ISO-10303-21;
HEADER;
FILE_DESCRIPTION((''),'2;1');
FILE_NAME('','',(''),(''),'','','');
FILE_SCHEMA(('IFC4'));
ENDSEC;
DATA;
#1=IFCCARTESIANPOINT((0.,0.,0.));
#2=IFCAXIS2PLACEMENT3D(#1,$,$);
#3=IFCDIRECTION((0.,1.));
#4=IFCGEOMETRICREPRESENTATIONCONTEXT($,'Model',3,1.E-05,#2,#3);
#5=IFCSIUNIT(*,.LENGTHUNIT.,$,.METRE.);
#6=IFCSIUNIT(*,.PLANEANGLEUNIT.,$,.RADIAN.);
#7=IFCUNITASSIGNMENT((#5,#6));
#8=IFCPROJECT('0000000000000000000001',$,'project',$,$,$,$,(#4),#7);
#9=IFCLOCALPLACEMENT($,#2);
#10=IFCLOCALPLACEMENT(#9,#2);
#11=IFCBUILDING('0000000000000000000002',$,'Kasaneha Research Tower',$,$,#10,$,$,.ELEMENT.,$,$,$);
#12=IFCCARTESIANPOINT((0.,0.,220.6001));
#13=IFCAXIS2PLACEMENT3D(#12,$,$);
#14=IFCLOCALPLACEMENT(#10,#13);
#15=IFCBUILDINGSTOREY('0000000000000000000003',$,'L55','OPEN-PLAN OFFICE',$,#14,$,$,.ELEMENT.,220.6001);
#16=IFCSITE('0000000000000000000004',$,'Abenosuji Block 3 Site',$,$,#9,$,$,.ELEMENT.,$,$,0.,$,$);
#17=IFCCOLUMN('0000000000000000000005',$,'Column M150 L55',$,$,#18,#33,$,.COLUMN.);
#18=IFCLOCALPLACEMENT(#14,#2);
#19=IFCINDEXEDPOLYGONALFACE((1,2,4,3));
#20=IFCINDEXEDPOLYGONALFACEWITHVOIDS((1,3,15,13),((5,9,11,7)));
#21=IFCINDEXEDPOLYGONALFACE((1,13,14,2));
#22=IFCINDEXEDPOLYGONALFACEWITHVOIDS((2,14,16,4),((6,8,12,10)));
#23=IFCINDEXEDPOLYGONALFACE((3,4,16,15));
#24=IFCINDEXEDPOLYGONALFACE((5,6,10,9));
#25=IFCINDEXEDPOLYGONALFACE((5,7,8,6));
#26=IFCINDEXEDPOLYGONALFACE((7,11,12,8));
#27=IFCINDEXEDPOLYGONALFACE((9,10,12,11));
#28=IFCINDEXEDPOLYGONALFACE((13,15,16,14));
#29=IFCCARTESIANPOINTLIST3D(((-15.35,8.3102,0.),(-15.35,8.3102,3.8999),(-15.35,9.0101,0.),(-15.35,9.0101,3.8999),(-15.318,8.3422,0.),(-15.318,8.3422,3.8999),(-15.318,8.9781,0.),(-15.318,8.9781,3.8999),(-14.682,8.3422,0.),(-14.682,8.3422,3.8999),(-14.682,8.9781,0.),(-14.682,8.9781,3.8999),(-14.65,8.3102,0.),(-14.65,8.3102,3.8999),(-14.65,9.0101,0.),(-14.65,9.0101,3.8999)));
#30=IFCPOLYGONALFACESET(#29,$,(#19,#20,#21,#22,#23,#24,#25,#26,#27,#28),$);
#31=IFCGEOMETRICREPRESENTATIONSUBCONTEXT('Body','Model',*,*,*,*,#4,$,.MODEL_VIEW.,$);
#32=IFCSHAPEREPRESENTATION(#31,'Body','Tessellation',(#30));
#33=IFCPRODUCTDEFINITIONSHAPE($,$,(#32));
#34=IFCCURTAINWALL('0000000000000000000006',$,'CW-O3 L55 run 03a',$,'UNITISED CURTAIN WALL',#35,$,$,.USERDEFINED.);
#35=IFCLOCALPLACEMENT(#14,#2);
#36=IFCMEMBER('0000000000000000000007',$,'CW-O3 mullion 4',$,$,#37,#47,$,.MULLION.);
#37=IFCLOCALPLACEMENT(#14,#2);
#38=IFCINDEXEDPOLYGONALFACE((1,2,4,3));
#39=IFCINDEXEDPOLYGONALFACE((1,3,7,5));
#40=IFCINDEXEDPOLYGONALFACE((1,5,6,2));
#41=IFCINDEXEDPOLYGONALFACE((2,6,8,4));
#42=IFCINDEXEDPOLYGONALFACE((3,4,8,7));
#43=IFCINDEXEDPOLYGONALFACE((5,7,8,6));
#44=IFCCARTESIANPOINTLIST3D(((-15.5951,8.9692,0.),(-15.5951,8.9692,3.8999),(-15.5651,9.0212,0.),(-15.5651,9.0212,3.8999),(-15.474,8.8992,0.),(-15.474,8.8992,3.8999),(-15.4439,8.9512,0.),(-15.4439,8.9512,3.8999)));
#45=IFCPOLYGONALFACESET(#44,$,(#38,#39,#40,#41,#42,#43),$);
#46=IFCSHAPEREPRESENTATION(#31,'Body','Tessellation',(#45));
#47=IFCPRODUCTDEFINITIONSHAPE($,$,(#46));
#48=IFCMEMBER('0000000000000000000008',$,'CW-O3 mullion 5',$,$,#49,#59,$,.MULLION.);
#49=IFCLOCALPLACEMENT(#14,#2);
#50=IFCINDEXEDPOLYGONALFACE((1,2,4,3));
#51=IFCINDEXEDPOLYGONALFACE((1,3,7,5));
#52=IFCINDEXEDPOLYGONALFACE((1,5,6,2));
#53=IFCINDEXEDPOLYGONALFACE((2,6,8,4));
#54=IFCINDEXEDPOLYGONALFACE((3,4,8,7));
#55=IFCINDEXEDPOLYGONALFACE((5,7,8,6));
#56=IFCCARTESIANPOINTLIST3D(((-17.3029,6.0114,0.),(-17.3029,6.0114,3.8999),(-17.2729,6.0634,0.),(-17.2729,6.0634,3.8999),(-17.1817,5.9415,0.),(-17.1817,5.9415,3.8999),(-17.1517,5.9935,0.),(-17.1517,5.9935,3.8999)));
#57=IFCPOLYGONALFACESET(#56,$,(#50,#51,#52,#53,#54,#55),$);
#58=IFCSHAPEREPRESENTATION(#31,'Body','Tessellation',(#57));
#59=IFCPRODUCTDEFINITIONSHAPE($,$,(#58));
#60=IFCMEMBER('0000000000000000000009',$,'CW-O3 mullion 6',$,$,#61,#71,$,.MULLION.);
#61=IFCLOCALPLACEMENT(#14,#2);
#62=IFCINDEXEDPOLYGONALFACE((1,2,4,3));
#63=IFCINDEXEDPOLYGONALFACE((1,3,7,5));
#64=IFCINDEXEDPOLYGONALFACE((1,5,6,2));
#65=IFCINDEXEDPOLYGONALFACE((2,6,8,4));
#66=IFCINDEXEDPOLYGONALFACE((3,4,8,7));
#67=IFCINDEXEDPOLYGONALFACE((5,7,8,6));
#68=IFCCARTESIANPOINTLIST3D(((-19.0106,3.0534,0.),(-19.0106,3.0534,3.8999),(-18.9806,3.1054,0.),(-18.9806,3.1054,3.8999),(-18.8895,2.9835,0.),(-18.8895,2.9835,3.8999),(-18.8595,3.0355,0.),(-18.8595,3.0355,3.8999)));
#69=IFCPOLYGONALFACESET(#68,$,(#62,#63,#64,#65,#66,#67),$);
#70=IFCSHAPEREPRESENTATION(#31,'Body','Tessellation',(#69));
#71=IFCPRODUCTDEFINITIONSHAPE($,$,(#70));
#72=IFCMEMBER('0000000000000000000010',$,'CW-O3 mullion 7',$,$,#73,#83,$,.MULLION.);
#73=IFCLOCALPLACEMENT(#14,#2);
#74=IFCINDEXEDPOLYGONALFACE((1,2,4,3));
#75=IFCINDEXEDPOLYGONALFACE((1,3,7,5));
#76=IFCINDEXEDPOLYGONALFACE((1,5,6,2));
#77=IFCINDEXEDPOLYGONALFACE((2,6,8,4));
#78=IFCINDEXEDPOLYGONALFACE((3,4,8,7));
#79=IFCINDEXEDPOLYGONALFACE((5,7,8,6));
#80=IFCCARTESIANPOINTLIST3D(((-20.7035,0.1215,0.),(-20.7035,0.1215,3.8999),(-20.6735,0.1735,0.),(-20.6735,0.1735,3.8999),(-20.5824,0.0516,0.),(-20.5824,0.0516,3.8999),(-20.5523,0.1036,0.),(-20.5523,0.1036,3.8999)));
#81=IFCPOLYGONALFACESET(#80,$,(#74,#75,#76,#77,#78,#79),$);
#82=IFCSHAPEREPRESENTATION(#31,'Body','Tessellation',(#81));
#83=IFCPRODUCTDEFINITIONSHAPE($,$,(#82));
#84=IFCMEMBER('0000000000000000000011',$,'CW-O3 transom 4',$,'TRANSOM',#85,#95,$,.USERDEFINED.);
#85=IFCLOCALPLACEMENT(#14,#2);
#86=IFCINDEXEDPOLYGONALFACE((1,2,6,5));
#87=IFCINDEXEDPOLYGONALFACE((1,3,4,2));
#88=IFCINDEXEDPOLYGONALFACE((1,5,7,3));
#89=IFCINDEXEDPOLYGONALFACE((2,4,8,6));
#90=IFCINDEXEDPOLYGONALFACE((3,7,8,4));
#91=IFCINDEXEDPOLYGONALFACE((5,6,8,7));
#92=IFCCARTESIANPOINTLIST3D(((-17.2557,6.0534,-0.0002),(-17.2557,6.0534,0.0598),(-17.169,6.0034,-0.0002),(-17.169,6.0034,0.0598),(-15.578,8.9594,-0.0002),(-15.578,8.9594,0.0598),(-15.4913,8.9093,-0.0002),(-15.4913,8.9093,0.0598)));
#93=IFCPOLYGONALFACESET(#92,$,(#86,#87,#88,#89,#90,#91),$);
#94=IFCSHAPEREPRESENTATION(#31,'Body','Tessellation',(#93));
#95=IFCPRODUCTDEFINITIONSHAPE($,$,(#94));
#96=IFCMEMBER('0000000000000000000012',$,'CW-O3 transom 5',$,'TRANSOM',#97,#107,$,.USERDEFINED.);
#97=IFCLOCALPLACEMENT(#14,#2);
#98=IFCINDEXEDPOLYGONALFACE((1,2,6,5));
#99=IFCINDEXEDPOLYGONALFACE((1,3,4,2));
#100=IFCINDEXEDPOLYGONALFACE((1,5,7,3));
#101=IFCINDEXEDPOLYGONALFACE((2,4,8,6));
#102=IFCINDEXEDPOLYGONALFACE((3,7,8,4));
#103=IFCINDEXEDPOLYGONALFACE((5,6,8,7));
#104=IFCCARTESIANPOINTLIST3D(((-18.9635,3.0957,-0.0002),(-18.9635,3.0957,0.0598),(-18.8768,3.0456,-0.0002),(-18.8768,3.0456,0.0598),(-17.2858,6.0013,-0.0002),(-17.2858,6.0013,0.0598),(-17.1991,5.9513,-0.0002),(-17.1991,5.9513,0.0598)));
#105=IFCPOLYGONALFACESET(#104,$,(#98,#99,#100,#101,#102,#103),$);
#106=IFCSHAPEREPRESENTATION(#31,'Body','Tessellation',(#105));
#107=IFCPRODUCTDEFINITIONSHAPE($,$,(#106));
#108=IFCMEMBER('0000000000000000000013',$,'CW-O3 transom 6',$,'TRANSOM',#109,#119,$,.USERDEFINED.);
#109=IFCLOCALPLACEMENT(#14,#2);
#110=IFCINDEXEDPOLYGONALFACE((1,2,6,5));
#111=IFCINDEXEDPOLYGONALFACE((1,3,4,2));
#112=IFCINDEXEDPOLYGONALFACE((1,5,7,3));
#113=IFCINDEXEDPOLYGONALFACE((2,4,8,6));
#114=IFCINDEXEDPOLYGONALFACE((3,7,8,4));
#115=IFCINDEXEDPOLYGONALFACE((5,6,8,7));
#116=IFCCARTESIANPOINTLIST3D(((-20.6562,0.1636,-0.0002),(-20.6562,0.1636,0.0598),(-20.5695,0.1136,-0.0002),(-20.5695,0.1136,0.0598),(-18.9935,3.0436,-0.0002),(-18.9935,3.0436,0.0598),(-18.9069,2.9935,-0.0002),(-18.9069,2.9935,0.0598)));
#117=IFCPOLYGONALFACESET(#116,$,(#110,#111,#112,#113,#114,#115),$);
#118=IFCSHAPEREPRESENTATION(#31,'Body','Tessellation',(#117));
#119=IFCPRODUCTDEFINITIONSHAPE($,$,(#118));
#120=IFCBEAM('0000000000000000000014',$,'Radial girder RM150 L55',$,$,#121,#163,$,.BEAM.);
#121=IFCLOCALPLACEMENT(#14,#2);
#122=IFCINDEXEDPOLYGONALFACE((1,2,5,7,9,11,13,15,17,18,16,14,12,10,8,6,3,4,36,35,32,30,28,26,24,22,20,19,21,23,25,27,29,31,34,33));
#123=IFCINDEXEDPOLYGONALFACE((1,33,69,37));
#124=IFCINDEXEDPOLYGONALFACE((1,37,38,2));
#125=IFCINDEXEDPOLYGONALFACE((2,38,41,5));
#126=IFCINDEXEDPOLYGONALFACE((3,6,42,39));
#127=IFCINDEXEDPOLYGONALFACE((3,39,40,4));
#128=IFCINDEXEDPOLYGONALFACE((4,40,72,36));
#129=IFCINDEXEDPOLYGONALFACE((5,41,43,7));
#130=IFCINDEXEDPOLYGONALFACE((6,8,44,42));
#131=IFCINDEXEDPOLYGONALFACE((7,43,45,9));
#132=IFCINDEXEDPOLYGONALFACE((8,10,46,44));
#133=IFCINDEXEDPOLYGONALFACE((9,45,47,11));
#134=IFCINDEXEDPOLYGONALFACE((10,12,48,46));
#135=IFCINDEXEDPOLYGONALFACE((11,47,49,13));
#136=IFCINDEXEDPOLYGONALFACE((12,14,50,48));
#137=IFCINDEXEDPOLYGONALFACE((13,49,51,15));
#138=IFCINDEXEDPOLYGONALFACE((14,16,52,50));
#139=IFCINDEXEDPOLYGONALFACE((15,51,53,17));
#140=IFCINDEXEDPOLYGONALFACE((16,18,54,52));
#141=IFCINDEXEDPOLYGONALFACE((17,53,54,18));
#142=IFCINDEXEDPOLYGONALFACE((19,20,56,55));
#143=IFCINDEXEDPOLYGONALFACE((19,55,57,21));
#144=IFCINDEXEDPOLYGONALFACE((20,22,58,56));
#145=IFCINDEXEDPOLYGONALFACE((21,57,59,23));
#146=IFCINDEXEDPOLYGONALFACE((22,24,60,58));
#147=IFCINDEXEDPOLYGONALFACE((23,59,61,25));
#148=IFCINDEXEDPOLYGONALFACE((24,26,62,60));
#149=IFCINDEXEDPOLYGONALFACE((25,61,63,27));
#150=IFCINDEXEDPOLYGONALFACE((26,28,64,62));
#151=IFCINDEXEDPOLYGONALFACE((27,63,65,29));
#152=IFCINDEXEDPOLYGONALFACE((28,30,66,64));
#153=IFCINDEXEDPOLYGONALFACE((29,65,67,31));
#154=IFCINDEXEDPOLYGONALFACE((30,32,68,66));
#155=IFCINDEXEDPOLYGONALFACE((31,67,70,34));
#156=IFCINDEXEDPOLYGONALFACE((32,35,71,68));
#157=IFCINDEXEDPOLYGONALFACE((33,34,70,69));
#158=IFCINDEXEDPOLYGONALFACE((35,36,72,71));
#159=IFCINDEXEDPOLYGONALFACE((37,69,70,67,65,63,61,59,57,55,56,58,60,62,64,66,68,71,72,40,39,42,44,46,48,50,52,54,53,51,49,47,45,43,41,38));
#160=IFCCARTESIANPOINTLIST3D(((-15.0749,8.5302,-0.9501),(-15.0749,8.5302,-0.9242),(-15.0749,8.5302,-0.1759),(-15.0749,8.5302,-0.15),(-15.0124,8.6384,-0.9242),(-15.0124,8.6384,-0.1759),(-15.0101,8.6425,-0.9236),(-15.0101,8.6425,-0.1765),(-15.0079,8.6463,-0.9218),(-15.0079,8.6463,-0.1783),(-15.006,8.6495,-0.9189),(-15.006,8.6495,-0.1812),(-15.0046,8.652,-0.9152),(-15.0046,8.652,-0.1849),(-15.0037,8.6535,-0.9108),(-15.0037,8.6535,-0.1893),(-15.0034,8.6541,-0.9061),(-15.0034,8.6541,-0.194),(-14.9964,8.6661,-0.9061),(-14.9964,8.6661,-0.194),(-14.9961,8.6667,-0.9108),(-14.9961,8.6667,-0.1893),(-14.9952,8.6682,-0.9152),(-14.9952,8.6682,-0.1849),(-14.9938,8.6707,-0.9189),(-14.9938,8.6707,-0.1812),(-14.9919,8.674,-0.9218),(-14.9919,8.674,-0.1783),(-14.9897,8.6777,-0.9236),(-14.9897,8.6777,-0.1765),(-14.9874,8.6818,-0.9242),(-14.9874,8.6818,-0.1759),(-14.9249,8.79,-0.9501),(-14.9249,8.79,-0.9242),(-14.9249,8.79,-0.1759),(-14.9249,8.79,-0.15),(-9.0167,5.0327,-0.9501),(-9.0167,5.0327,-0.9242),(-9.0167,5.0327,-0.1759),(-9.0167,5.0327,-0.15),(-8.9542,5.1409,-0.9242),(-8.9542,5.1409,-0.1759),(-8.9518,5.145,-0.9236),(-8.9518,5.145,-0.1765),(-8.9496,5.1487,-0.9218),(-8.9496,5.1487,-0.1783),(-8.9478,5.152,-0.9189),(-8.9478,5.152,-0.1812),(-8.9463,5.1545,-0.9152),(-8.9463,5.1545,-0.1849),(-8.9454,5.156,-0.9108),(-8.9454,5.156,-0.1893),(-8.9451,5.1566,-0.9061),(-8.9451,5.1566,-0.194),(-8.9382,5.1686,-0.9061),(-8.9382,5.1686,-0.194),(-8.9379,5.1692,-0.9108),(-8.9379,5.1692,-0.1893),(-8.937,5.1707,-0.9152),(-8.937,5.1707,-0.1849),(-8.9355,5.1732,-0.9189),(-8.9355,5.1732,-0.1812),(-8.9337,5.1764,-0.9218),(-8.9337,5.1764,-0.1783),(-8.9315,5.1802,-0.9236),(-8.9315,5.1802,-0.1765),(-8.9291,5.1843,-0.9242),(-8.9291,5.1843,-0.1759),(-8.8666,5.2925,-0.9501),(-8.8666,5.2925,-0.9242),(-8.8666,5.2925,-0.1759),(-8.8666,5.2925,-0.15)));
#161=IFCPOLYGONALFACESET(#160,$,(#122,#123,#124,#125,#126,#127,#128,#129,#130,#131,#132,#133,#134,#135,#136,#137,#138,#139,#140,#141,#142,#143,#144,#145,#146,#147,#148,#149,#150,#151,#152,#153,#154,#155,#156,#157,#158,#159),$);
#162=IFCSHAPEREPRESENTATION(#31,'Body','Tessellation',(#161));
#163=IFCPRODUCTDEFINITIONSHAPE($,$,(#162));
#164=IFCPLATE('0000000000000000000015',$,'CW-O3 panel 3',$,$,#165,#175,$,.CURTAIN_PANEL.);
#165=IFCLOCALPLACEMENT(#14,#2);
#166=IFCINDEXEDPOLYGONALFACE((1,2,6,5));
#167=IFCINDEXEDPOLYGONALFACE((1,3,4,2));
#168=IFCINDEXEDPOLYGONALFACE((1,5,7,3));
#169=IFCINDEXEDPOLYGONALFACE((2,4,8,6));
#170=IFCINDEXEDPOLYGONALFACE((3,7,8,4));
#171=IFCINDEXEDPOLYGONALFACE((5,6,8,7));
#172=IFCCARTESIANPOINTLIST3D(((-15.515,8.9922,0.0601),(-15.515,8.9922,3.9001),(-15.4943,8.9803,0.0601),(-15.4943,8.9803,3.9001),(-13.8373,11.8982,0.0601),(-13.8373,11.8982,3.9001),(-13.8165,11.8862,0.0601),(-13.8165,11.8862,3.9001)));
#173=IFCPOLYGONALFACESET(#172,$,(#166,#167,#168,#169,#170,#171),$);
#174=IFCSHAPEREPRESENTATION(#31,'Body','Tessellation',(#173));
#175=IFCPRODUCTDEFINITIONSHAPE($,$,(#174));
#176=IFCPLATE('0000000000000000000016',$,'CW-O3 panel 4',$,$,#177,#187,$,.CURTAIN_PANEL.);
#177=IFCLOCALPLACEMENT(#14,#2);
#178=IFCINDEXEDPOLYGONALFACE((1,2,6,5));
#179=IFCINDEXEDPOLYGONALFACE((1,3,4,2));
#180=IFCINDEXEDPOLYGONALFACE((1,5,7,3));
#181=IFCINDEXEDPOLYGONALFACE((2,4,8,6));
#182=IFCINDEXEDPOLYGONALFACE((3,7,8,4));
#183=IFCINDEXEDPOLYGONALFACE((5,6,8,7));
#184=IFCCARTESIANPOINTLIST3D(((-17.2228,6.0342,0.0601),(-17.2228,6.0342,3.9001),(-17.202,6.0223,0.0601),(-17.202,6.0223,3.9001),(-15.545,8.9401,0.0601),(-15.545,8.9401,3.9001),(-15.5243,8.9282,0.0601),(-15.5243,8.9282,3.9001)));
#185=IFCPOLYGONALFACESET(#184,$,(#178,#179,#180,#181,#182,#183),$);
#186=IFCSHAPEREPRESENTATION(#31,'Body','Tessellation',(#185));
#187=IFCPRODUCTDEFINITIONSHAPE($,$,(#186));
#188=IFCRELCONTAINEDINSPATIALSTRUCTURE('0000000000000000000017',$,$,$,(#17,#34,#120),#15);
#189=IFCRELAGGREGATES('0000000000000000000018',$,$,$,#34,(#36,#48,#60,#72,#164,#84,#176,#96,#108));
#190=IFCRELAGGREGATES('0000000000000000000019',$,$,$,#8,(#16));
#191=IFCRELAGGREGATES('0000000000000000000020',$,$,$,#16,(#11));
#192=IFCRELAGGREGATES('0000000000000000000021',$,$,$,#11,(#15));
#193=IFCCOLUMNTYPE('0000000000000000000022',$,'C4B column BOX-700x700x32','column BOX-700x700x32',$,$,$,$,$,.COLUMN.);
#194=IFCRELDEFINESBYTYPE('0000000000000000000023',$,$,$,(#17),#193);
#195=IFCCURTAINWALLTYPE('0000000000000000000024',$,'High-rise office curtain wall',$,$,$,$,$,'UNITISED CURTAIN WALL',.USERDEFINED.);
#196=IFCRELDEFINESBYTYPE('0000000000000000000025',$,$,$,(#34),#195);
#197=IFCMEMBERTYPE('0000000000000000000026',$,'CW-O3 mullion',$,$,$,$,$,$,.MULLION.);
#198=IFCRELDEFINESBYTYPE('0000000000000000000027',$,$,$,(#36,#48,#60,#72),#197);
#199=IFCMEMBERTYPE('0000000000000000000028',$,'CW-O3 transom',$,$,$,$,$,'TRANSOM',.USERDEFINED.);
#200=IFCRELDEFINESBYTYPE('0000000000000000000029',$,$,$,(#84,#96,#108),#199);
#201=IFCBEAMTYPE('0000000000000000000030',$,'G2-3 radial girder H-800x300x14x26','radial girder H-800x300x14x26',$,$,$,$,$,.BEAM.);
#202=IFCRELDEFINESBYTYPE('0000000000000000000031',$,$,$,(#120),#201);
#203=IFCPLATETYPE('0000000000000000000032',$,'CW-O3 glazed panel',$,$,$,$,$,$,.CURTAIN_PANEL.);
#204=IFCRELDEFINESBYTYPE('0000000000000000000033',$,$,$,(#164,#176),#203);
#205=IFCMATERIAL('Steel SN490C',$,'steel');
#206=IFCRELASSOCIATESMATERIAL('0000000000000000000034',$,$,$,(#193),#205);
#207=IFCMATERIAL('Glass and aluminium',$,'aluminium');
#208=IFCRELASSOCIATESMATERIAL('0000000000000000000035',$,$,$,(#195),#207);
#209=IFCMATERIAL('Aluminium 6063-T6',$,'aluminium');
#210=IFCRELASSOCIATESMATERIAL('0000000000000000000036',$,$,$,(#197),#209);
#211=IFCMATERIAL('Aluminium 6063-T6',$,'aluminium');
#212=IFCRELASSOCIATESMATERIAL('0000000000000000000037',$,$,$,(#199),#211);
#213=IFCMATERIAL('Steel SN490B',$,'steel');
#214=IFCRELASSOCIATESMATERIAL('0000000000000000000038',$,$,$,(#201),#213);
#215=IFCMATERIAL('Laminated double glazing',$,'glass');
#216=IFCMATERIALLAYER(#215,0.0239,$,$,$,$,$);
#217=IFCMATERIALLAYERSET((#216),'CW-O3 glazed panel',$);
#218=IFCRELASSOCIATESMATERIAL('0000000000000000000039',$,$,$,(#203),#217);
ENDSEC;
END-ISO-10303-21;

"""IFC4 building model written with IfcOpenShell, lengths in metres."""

from ifc_helpers import new_model, si_unit, direction, frame, origin, origin_2d, place, context, subcontext, project, spatial, rectangle, hollow_rectangle, i_section, extrude, material, layer, layer_set, material_profile, profile_set, type_object, element, aggregate, save


model = new_model("IFC4")

# Units and contexts
model_context = context("Model", 3, precision=1e-05, world=origin(), true_north=direction((0.0, 1.0)))
body_context = subcontext(model_context, "Body", "Model", "MODEL_VIEW")
ifc_project = project(units=[si_unit("LENGTHUNIT", "METRE"), si_unit("PLANEANGLEUNIT", "RADIAN")], contexts=[model_context])

# Site, building, storey
site_placement = place(None, origin())
site = spatial("IfcSite", under=ifc_project, at=site_placement, Name="Abenosuji Block 3 Site", CompositionType="ELEMENT", RefElevation=0.0)
building_placement = place(site_placement, origin())
building = spatial("IfcBuilding", under=site, at=building_placement, Name="Kasaneha Research Tower", CompositionType="ELEMENT")
storey_placement = place(building_placement, frame((0.0, 0.0, 220.6001)))
storey = spatial("IfcBuildingStorey", under=building, at=storey_placement, Name="L55", Description="OPEN-PLAN OFFICE", CompositionType="ELEMENT", Elevation=220.6001)

# Column
ifc_material_1 = material(Name="Steel SN490C", Category="steel")
ifc_material_profile_1 = material_profile(ifc_material_1, hollow_rectangle(XDim=0.7, YDim=0.7, WallThickness=0.032, at=origin_2d()), Name="BOX-700x700x32")
ifc_profile_set_1 = profile_set([ifc_material_profile_1], Name="Steel SN490C")
column_type = type_object("IfcColumnType", Name="C4B column BOX-700x700x32", Description="column BOX-700x700x32", PredefinedType="COLUMN", material=ifc_profile_set_1)
column_placement = place(storey_placement, frame((-15.0, 8.6602, 0.0), z_axis=(0.0, 0.0, 1.0), x_axis=(1.0, 0.0, 0.0)))
element("IfcColumn", 1, at=column_placement, inside=storey, type_object=column_type, Name="Column M150 L55", PredefinedType="COLUMN", context=body_context, shape_type="SweptSolid", body=[
    extrude(hollow_rectangle(XDim=0.7, YDim=0.7, WallThickness=0.032, at=origin_2d()), origin(), (0.0, 0.0, 1.0), 3.8999),
])

# Curtain wall, members
ifc_material_2 = material(Name="Glass and aluminium", Category="aluminium")
curtain_wall_type = type_object("IfcCurtainWallType", Name="High-rise office curtain wall", ElementType="UNITISED CURTAIN WALL", PredefinedType="USERDEFINED", material=ifc_material_2)
curtain_wall_placement = place(storey_placement, origin())
curtain_wall = element("IfcCurtainWall", 2, at=curtain_wall_placement, inside=storey, type_object=curtain_wall_type, Name="CW-O3 L55 run 03a", ObjectType="UNITISED CURTAIN WALL", PredefinedType="USERDEFINED")
ifc_material_3 = material(Name="Aluminium 6063-T6", Category="aluminium")
ifc_material_profile_2 = material_profile(ifc_material_3, rectangle(XDim=0.0601, YDim=0.1399, at=origin_2d()), Name="CW-O3 mullion 60x140")
ifc_profile_set_2 = profile_set([ifc_material_profile_2], Name="Aluminium 6063-T6")
member_type_1 = type_object("IfcMemberType", Name="CW-O3 mullion", PredefinedType="MULLION", material=ifc_profile_set_2)
member_1_placement = place(storey_placement, frame((-15.5195, 8.9602, 0.0), z_axis=(0.0, 0.0, 1.0), x_axis=(-0.5, -0.866025, 0.0)))
member_1 = element("IfcMember", 3, at=member_1_placement, type_object=member_type_1, Name="CW-O3 mullion 4", PredefinedType="MULLION", context=body_context, shape_type="SweptSolid", body=[
    extrude(rectangle(XDim=0.0601, YDim=0.1399, at=origin_2d()), origin(), (0.0, 0.0, 1.0), 3.8999),
])
member_2_placement = place(storey_placement, frame((-17.2273, 6.0024, 0.0), z_axis=(0.0, 0.0, 1.0), x_axis=(-0.5, -0.866025, 0.0)))
member_2 = element("IfcMember", 4, at=member_2_placement, type_object=member_type_1, Name="CW-O3 mullion 5", PredefinedType="MULLION", context=body_context, shape_type="SweptSolid", body=[
    extrude(rectangle(XDim=0.0601, YDim=0.1399, at=origin_2d()), origin(), (0.0, 0.0, 1.0), 3.8999),
])
member_3_placement = place(storey_placement, frame((-18.9351, 3.0444, 0.0), z_axis=(0.0, 0.0, 1.0), x_axis=(-0.5, -0.866025, 0.0)))
member_3 = element("IfcMember", 5, at=member_3_placement, type_object=member_type_1, Name="CW-O3 mullion 6", PredefinedType="MULLION", context=body_context, shape_type="SweptSolid", body=[
    extrude(rectangle(XDim=0.0601, YDim=0.1399, at=origin_2d()), origin(), (0.0, 0.0, 1.0), 3.8999),
])
member_4_placement = place(storey_placement, frame((-20.6279, 0.1125, 0.0), z_axis=(0.0, 0.0, 1.0), x_axis=(-0.5, -0.866025, 0.0)))
member_4 = element("IfcMember", 6, at=member_4_placement, type_object=member_type_1, Name="CW-O3 mullion 7", PredefinedType="MULLION", context=body_context, shape_type="SweptSolid", body=[
    extrude(rectangle(XDim=0.0601, YDim=0.1399, at=origin_2d()), origin(), (0.0, 0.0, 1.0), 3.8999),
])
ifc_material_4 = material(Name="Aluminium 6063-T6", Category="aluminium")
ifc_material_profile_3 = material_profile(ifc_material_4, rectangle(XDim=0.1001, YDim=0.0601, at=origin_2d()), Name="CW-O3 transom 100x60")
ifc_profile_set_3 = profile_set([ifc_material_profile_3], Name="Aluminium 6063-T6")
member_type_2 = type_object("IfcMemberType", Name="CW-O3 transom", ElementType="TRANSOM", PredefinedType="USERDEFINED", material=ifc_profile_set_3)
member_5_placement = place(storey_placement, frame((-15.5347, 8.9343, 0.0298), z_axis=(-0.499989, -0.866032, 0.0), x_axis=(0.866032, -0.499989, 0.0)))
member_5 = element("IfcMember", 7, at=member_5_placement, type_object=member_type_2, Name="CW-O3 transom 4", ObjectType="TRANSOM", PredefinedType="USERDEFINED", context=body_context, shape_type="SweptSolid", body=[
    extrude(rectangle(XDim=0.1001, YDim=0.0601, at=origin_2d()), origin(), (0.0, 0.0, 1.0), 3.3555),
])
member_6_placement = place(storey_placement, frame((-17.2424, 5.9763, 0.0298), z_axis=(-0.500021, -0.866014, 0.0), x_axis=(0.866014, -0.500021, 0.0)))
member_6 = element("IfcMember", 8, at=member_6_placement, type_object=member_type_2, Name="CW-O3 transom 5", ObjectType="TRANSOM", PredefinedType="USERDEFINED", context=body_context, shape_type="SweptSolid", body=[
    extrude(rectangle(XDim=0.1001, YDim=0.0601, at=origin_2d()), origin(), (0.0, 0.0, 1.0), 3.3552),
])
member_7_placement = place(storey_placement, frame((-18.9502, 3.0186, 0.0298), z_axis=(-0.499977, -0.866039, 0.0), x_axis=(0.866039, -0.499977, 0.0)))
member_7 = element("IfcMember", 9, at=member_7_placement, type_object=member_type_2, Name="CW-O3 transom 6", ObjectType="TRANSOM", PredefinedType="USERDEFINED", context=body_context, shape_type="SweptSolid", body=[
    extrude(rectangle(XDim=0.1001, YDim=0.0601, at=origin_2d()), origin(), (0.0, 0.0, 1.0), 3.3254),
])

# Beam
ifc_material_5 = material(Name="Steel SN490B", Category="steel")
ifc_material_profile_4 = material_profile(ifc_material_5, i_section(OverallWidth=0.3, OverallDepth=0.8, WebThickness=0.0139, FlangeThickness=0.0259, FilletRadius=0.0181, at=origin_2d()), Name="H-800x300x14x26")
ifc_profile_set_4 = profile_set([ifc_material_profile_4], Name="Steel SN490B")
beam_type = type_object("IfcBeamType", Name="G2-3 radial girder H-800x300x14x26", Description="radial girder H-800x300x14x26", PredefinedType="BEAM", material=ifc_profile_set_4)
beam_placement = place(storey_placement, frame((-8.9417, 5.1626, -0.55), z_axis=(-0.86604, 0.499975, 0.0), x_axis=(-0.499975, -0.86604, 0.0)))
element("IfcBeam", 10, at=beam_placement, inside=storey, type_object=beam_type, Name="Radial girder RM150 L55", PredefinedType="BEAM", context=body_context, shape_type="SweptSolid", body=[
    extrude(i_section(OverallWidth=0.3, OverallDepth=0.8, WebThickness=0.0139, FlangeThickness=0.0259, FilletRadius=0.0181, at=origin_2d()), origin(), (0.0, 0.0, 1.0), 6.9954),
])

# Plates
ifc_material_6 = material(Name="Laminated double glazing", Category="glass")
ifc_layer_1 = layer(ifc_material_6, 0.0239)
ifc_layer_set_1 = layer_set([ifc_layer_1], Name="CW-O3 glazed panel")
plate_type = type_object("IfcPlateType", Name="CW-O3 glazed panel", PredefinedType="CURTAIN_PANEL", material=ifc_layer_set_1)
plate_1_placement = place(storey_placement, frame((-14.6658, 10.4392, 0.0601), z_axis=(0.0, 0.0, 1.0), x_axis=(-0.5, -0.866025, 0.0)))
plate_1 = element("IfcPlate", 11, at=plate_1_placement, type_object=plate_type, Name="CW-O3 panel 3", PredefinedType="CURTAIN_PANEL", context=body_context, shape_type="SweptSolid", body=[
    extrude(rectangle(XDim=3.3555, YDim=0.0239, at=origin_2d()), origin(), (0.0, 0.0, 1.0), 3.8401),
])
plate_2_placement = place(storey_placement, frame((-16.3735, 7.4812, 0.0601), z_axis=(0.0, 0.0, 1.0), x_axis=(-0.5, -0.866025, 0.0)))
plate_2 = element("IfcPlate", 12, at=plate_2_placement, type_object=plate_type, Name="CW-O3 panel 4", PredefinedType="CURTAIN_PANEL", context=body_context, shape_type="SweptSolid", body=[
    extrude(rectangle(XDim=3.3555, YDim=0.0239, at=origin_2d()), origin(), (0.0, 0.0, 1.0), 3.8401),
])
aggregate(curtain_wall, [member_1, member_2, member_3, member_4, plate_1, member_5, plate_2, member_6, member_7])

save(model, "model.ifc")
